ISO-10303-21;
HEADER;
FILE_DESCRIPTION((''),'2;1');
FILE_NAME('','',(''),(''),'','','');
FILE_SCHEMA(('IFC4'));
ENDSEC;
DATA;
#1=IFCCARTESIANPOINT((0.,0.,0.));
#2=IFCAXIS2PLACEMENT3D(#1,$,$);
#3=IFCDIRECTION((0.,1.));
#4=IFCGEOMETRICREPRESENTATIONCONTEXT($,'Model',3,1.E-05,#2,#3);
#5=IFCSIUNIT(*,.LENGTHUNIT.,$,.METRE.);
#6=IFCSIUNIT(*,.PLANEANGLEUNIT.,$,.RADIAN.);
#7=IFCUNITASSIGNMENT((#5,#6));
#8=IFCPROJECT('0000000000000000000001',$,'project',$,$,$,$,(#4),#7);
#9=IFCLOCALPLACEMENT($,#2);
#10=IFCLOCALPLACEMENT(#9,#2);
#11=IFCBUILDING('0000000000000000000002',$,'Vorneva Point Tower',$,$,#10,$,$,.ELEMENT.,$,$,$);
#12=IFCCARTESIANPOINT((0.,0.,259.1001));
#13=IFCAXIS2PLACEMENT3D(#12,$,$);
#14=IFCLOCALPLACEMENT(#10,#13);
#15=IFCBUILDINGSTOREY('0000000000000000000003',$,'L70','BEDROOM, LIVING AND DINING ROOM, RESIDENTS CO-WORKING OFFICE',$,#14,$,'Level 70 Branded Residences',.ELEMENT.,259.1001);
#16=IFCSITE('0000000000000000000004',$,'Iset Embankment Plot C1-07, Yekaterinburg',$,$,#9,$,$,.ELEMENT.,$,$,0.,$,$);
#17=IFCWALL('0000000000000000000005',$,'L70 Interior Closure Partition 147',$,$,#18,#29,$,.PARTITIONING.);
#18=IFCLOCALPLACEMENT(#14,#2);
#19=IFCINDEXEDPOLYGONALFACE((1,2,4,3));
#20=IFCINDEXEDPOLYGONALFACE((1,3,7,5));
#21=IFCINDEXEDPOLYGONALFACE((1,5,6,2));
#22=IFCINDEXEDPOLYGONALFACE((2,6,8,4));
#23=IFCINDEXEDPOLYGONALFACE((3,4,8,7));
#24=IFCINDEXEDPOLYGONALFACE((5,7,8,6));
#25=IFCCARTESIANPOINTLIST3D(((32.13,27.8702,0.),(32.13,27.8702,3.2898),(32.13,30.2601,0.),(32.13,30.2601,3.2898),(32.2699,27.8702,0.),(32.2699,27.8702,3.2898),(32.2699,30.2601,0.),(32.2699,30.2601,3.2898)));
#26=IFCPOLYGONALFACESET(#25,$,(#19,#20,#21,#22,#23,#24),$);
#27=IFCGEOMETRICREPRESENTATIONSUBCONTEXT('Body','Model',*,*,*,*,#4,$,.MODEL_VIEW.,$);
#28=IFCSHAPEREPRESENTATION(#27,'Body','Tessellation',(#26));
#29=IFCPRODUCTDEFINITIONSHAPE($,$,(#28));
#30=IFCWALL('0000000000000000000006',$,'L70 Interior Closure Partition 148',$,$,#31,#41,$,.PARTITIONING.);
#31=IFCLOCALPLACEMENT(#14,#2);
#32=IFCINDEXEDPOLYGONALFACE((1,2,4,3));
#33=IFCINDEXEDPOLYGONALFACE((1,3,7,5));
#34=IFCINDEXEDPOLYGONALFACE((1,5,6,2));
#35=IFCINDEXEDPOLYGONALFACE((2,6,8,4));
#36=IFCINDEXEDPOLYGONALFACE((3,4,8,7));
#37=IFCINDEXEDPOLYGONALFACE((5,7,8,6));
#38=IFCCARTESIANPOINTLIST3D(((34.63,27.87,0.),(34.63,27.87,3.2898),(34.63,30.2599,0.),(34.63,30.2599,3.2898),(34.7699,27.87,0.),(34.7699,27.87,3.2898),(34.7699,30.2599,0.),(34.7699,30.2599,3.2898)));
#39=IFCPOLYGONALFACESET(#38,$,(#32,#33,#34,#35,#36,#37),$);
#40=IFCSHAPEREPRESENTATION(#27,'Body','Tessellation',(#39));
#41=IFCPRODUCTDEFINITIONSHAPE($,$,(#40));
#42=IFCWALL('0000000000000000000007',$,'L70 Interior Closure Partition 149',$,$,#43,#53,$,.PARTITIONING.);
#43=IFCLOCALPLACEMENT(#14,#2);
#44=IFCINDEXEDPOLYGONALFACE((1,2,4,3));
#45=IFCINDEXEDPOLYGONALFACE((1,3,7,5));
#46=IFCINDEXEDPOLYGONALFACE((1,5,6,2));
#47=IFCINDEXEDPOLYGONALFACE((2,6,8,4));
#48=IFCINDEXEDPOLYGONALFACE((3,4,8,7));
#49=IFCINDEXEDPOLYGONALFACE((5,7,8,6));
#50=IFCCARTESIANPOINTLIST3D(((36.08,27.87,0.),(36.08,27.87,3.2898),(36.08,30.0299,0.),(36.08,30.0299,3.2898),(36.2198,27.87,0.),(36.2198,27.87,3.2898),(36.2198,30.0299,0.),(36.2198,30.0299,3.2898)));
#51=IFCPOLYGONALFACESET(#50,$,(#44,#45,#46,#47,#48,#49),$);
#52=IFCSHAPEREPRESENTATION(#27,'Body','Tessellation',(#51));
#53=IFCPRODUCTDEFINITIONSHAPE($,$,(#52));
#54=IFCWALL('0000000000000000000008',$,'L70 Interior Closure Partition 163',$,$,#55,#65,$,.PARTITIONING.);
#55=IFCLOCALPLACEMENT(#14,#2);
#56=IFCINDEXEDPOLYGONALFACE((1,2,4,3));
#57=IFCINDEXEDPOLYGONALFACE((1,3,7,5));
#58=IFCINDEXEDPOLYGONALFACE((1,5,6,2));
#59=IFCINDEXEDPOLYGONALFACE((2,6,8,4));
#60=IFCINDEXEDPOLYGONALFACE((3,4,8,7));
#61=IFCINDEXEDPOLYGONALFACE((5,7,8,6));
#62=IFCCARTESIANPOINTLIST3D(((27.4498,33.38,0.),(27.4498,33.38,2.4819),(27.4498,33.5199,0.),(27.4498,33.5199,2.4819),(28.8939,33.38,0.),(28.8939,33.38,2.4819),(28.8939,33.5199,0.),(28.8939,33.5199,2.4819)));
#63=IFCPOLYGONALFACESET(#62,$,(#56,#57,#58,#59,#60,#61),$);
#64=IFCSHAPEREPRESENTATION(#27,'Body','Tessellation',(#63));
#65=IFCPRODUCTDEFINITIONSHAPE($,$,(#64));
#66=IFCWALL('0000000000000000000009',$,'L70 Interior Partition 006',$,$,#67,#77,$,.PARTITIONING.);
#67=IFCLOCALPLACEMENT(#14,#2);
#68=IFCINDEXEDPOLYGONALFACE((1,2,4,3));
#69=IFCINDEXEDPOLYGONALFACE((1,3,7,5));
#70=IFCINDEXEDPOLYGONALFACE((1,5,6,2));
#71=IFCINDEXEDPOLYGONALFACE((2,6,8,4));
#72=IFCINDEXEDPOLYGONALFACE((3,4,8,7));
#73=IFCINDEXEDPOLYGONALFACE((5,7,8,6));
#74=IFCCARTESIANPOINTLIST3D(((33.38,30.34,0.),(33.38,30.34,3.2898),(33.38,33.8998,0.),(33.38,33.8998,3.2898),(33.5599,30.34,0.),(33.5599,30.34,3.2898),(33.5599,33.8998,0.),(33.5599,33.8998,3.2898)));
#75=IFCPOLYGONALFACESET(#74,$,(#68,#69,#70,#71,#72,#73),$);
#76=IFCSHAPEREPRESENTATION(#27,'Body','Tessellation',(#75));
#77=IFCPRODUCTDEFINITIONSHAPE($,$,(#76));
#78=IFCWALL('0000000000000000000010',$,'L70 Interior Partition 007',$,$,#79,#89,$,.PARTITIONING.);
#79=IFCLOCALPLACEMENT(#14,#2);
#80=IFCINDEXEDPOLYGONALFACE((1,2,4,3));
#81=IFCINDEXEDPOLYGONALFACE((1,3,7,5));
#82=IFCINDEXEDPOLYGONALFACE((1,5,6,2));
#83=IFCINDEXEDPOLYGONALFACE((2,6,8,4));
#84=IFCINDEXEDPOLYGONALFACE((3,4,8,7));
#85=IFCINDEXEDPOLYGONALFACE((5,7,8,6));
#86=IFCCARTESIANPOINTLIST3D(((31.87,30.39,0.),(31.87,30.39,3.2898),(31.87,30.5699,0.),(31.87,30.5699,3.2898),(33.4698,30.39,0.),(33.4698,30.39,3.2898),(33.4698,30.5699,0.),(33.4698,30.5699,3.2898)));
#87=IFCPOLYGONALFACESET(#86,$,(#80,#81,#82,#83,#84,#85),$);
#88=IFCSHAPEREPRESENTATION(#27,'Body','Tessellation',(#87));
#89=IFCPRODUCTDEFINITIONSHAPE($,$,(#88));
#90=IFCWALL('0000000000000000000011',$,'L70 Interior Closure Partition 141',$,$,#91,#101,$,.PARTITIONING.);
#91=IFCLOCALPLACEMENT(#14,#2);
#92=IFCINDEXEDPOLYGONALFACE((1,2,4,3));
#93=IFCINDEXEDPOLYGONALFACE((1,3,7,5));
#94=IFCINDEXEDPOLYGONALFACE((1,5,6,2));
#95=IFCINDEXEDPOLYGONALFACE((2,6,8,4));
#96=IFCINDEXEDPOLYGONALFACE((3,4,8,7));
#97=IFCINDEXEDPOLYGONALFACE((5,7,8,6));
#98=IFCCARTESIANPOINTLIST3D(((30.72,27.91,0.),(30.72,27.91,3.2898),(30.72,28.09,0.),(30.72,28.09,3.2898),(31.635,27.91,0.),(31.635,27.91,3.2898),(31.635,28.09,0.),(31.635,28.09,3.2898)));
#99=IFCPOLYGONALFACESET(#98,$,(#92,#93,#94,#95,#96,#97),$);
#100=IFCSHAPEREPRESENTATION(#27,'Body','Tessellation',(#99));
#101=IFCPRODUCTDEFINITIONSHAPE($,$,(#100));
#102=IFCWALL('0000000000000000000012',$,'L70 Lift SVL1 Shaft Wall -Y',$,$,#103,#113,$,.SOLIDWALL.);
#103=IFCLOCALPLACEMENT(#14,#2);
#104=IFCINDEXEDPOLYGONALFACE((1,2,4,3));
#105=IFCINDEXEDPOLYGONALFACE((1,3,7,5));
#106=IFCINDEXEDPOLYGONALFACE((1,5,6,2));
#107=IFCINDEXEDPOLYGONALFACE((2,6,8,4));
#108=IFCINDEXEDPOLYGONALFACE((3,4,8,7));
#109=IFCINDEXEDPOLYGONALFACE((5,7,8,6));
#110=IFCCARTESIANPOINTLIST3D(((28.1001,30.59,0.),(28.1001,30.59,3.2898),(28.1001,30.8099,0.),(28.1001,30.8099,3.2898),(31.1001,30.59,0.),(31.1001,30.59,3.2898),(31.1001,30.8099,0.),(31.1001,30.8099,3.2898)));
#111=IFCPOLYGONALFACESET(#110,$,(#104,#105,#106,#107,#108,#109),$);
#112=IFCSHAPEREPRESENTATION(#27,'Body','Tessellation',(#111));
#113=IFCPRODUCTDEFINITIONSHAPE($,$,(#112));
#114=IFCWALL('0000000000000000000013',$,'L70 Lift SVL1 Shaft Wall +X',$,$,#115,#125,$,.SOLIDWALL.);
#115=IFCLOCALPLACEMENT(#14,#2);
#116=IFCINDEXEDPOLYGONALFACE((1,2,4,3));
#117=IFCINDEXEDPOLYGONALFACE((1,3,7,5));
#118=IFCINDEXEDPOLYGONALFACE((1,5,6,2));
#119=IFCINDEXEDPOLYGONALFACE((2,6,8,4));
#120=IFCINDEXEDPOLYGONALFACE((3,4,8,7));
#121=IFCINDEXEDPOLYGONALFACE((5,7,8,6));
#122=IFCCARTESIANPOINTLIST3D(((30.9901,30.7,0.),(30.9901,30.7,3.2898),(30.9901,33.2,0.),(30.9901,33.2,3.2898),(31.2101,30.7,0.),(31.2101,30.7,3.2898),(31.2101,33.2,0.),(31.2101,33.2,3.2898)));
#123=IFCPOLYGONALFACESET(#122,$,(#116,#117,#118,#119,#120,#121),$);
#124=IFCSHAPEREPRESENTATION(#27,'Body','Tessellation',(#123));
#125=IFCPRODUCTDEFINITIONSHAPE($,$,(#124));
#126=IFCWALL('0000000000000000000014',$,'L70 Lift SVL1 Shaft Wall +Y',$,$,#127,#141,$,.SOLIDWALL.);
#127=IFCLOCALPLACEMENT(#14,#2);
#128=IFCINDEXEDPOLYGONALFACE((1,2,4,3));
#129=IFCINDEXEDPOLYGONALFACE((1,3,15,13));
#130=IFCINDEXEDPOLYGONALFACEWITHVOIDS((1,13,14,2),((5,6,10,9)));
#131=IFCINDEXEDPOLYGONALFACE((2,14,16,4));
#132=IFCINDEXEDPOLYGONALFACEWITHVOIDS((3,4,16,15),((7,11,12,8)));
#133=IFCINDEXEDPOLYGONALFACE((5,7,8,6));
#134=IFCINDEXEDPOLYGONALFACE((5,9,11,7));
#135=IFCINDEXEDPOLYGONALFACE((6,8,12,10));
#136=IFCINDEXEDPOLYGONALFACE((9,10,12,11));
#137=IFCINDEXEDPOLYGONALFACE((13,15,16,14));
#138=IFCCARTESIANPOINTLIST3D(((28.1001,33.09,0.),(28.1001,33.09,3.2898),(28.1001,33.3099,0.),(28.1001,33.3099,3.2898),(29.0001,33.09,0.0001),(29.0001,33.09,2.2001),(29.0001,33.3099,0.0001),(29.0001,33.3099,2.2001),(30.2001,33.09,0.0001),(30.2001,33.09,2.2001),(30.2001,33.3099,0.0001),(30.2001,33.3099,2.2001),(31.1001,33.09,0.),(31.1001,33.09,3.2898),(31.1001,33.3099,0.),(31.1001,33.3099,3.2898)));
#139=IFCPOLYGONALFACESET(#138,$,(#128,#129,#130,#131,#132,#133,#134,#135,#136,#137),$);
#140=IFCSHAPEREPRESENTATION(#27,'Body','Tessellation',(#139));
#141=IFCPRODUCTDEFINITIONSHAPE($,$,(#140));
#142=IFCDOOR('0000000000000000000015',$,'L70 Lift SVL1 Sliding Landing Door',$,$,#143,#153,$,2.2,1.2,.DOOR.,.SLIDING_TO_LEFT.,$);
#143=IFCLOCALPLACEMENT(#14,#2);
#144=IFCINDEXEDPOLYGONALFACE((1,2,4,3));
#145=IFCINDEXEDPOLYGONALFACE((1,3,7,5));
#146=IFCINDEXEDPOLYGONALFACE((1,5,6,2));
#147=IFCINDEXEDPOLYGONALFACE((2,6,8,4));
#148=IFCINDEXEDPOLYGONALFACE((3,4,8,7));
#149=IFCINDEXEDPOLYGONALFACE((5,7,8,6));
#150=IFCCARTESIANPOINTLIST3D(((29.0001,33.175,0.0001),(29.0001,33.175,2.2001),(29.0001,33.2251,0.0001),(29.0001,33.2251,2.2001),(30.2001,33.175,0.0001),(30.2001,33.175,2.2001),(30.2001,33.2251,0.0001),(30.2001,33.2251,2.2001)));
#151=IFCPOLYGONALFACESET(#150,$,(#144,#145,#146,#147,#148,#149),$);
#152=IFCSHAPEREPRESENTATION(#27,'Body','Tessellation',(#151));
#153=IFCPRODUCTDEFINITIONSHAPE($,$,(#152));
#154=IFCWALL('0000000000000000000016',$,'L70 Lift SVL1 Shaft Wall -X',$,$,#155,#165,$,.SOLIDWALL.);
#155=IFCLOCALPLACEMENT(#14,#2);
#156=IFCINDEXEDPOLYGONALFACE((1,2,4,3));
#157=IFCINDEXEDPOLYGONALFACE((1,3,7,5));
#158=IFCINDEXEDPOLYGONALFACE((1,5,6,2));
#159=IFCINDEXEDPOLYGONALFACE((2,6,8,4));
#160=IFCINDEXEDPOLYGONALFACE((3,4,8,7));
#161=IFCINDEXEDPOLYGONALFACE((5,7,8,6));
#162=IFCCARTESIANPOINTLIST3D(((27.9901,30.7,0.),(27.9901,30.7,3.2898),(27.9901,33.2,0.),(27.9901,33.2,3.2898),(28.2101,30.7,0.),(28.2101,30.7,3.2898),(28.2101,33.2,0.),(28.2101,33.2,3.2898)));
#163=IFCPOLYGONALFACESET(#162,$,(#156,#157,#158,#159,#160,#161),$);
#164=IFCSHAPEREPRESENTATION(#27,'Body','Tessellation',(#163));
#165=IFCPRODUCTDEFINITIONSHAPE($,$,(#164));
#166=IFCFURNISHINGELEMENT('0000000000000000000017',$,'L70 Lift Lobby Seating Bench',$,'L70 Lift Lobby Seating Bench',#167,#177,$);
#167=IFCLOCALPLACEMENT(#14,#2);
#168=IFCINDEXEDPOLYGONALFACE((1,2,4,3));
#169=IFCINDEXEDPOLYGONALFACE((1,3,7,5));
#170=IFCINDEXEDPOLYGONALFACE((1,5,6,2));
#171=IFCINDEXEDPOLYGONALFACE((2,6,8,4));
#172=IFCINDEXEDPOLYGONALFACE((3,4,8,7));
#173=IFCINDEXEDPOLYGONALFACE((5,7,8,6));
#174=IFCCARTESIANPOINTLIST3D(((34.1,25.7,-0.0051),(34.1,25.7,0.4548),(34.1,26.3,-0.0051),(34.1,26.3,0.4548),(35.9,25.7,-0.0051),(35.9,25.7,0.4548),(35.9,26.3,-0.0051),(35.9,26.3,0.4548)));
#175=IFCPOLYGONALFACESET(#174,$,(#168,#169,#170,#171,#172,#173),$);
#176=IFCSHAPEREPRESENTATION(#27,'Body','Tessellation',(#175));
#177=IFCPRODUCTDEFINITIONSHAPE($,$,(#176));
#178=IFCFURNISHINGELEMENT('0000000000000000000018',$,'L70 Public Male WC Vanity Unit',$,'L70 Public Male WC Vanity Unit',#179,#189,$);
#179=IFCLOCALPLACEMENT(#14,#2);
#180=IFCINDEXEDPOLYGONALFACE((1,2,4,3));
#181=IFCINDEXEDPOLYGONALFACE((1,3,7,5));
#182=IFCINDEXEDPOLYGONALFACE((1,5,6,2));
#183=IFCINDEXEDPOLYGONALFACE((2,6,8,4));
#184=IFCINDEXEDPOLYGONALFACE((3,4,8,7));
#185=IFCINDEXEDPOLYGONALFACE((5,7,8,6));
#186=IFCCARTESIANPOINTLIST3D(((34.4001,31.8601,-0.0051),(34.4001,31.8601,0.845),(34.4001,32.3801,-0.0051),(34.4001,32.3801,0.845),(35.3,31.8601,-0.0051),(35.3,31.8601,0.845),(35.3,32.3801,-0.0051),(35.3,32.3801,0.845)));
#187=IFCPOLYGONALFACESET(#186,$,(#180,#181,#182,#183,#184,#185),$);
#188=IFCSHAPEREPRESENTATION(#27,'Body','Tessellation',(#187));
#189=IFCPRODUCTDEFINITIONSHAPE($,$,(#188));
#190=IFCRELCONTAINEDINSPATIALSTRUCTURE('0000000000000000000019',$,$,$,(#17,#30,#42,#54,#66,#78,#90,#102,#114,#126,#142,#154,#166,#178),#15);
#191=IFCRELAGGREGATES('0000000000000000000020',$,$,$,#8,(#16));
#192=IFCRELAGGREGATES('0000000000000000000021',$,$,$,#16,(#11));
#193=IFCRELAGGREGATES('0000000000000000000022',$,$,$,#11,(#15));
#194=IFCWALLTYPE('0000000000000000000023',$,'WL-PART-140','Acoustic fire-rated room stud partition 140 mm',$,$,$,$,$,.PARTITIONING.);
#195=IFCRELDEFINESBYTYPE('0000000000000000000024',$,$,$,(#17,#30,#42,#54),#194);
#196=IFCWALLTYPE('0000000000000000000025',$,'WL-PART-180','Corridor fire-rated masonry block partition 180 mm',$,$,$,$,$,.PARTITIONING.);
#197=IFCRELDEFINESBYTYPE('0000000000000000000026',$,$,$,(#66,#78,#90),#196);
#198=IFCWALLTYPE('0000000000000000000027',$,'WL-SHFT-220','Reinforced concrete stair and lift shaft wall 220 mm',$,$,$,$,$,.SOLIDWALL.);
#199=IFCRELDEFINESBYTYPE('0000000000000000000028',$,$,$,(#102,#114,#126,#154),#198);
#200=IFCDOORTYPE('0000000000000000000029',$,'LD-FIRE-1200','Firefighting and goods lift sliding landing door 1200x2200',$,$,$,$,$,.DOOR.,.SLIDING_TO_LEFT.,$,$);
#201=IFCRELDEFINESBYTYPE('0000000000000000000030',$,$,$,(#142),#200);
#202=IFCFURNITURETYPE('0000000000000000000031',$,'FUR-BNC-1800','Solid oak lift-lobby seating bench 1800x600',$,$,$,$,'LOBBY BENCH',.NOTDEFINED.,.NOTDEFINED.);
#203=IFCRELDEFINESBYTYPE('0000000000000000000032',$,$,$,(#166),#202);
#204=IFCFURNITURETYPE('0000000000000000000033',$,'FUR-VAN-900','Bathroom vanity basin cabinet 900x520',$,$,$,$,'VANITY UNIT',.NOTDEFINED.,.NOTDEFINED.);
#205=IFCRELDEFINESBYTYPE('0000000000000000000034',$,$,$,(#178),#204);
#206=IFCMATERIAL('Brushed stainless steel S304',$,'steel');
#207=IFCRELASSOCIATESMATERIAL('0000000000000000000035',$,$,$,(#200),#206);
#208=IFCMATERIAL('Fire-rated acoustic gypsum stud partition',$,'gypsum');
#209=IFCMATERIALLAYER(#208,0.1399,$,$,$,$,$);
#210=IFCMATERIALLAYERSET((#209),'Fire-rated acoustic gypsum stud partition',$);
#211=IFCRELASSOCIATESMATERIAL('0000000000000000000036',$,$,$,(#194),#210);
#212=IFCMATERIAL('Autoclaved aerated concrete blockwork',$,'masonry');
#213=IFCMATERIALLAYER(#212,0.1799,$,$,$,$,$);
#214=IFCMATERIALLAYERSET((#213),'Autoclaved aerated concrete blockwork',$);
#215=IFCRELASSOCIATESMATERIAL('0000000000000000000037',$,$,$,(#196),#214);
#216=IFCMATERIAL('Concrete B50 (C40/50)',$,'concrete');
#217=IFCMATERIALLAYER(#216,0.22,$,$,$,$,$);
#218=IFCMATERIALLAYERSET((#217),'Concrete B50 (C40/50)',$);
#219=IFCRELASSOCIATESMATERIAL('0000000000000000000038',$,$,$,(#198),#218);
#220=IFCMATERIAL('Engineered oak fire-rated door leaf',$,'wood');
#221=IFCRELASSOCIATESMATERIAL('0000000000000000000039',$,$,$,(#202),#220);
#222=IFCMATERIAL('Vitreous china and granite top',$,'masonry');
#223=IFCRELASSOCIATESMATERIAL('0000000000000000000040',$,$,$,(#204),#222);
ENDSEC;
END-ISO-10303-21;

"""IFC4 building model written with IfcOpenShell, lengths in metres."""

from ifc_helpers import new_model, si_unit, direction, frame, frame_2d, origin, origin_2d, place, context, subcontext, project, spatial, rectangle, extrude, material, layer, layer_set, type_object, element, fill, save


model = new_model("IFC4")

# Units and contexts
model_context = context("Model", 3, precision=1e-05, world=origin(), true_north=direction((0.0, 1.0)))
body_context = subcontext(model_context, "Body", "Model", "MODEL_VIEW")
ifc_project = project(units=[si_unit("LENGTHUNIT", "METRE"), si_unit("PLANEANGLEUNIT", "RADIAN")], contexts=[model_context])

# Site, building, storey
site_placement = place(None, origin())
site = spatial("IfcSite", under=ifc_project, at=site_placement, Name="Iset Embankment Plot C1-07, Yekaterinburg", CompositionType="ELEMENT", RefElevation=0.0)
building_placement = place(site_placement, origin())
building = spatial("IfcBuilding", under=site, at=building_placement, Name="Vorneva Point Tower", CompositionType="ELEMENT")
storey_placement = place(building_placement, frame((0.0, 0.0, 259.1001)))
storey = spatial("IfcBuildingStorey", under=building, at=storey_placement, Name="L70", Description="BEDROOM, LIVING AND DINING ROOM, RESIDENTS CO-WORKING OFFICE", LongName="Level 70 Branded Residences", CompositionType="ELEMENT", Elevation=259.1001)

# Shared definitions
ifc_material_1 = material(Name="Concrete B50 (C40/50)", Category="concrete")

# Shared definitions
ifc_material_2 = material(Name="Brushed stainless steel S304", Category="steel")
door_type_1 = type_object("IfcDoorType", Name="LD-FIRE-1200", Description="Firefighting and goods lift sliding landing door 1200x2200", OperationType="SLIDING_TO_LEFT", PredefinedType="DOOR", material=ifc_material_2)

# Walls
ifc_material_3 = material(Name="Fire-rated acoustic gypsum stud partition", Category="gypsum")
ifc_layer_1 = layer(ifc_material_3, 0.1399)
ifc_layer_set_1 = layer_set([ifc_layer_1], Name="Fire-rated acoustic gypsum stud partition")
wall_type_1 = type_object("IfcWallType", Name="WL-PART-140", Description="Acoustic fire-rated room stud partition 140 mm", PredefinedType="PARTITIONING", material=ifc_layer_set_1)
for number, where, z_axis, x_axis, name in (
    (1, (32.2, 30.26, 0.0), (0.0, 0.0, 1.0), (0.0, -1.0, 0.0), "L70 Interior Closure Partition 147"),
    (2, (34.7, 27.8701, 0.0), (0.0, 0.0, 1.0), (0.0, 1.0, 0.0), "L70 Interior Closure Partition 148"),
):
    element("IfcWall", number, at=place(storey_placement, frame(where, z_axis=z_axis, x_axis=x_axis)), inside=storey, type_object=wall_type_1, Name=name, PredefinedType="PARTITIONING", context=body_context, shape_type="SweptSolid", body=[
        extrude(rectangle(XDim=2.3899, YDim=0.1399, at=frame_2d((1.1948, 0.0))), origin(), (0.0, 0.0, 1.0), 3.2898),
    ])
wall_1_placement = place(storey_placement, frame((36.1499, 30.03, 0.0), z_axis=(0.0, 0.0, 1.0), x_axis=(0.0, -1.0, 0.0)))
element("IfcWall", 3, at=wall_1_placement, inside=storey, type_object=wall_type_1, Name="L70 Interior Closure Partition 149", PredefinedType="PARTITIONING", context=body_context, shape_type="SweptSolid", body=[
    extrude(rectangle(XDim=2.1599, YDim=0.1399, at=frame_2d((1.0801, 0.0))), origin(), (0.0, 0.0, 1.0), 3.2898),
])
wall_2_placement = place(storey_placement, frame((28.894, 33.45, 0.0), z_axis=(0.0, 0.0, 1.0), x_axis=(-1.0, 0.0, 0.0)))
element("IfcWall", 4, at=wall_2_placement, inside=storey, type_object=wall_type_1, Name="L70 Interior Closure Partition 163", PredefinedType="PARTITIONING", context=body_context, shape_type="SweptSolid", body=[
    extrude(rectangle(XDim=1.4441, YDim=0.1399, at=frame_2d((0.7222, 0.0))), origin(), (0.0, 0.0, 1.0), 2.4819),
])
ifc_material_4 = material(Name="Autoclaved aerated concrete blockwork", Category="masonry")
ifc_layer_2 = layer(ifc_material_4, 0.1799)
ifc_layer_set_2 = layer_set([ifc_layer_2], Name="Autoclaved aerated concrete blockwork")
wall_type_2 = type_object("IfcWallType", Name="WL-PART-180", Description="Corridor fire-rated masonry block partition 180 mm", PredefinedType="PARTITIONING", material=ifc_layer_set_2)
wall_3_placement = place(storey_placement, frame((33.47, 30.3401, 0.0), z_axis=(0.0, 0.0, 1.0), x_axis=(0.0, 1.0, 0.0)))
element("IfcWall", 5, at=wall_3_placement, inside=storey, type_object=wall_type_2, Name="L70 Interior Partition 006", PredefinedType="PARTITIONING", context=body_context, shape_type="SweptSolid", body=[
    extrude(rectangle(XDim=3.5598, YDim=0.1799, at=frame_2d((1.7798, 0.0))), origin(), (0.0, 0.0, 1.0), 3.2898),
])
wall_4_placement = place(storey_placement, frame((31.8701, 30.48, 0.0), z_axis=(0.0, 0.0, 1.0), x_axis=(1.0, 0.0, 0.0)))
element("IfcWall", 6, at=wall_4_placement, inside=storey, type_object=wall_type_2, Name="L70 Interior Partition 007", PredefinedType="PARTITIONING", context=body_context, shape_type="SweptSolid", body=[
    extrude(rectangle(XDim=1.5999, YDim=0.1799, at=frame_2d((0.7998, 0.0))), origin(), (0.0, 0.0, 1.0), 3.2898),
])

# Shared definitions
ifc_material_5 = material(Name="Engineered oak fire-rated door leaf", Category="wood")

# Walls
wall_5_placement = place(storey_placement, frame((31.635, 28.0, 0.0), z_axis=(0.0, 0.0, 1.0), x_axis=(-1.0, 0.0, 0.0)))
element("IfcWall", 7, at=wall_5_placement, inside=storey, type_object=wall_type_2, Name="L70 Interior Closure Partition 141", PredefinedType="PARTITIONING", context=body_context, shape_type="SweptSolid", body=[
    extrude(rectangle(XDim=0.915, YDim=0.1799, at=frame_2d((0.4575, 0.0))), origin(), (0.0, 0.0, 1.0), 3.2898),
])
ifc_layer_3 = layer(ifc_material_1, 0.22)
ifc_layer_set_3 = layer_set([ifc_layer_3], Name="Concrete B50 (C40/50)")
wall_type_3 = type_object("IfcWallType", Name="WL-SHFT-220", Description="Reinforced concrete stair and lift shaft wall 220 mm", PredefinedType="SOLIDWALL", material=ifc_layer_set_3)
wall_6_placement = place(storey_placement, frame((28.1001, 30.7, 0.0), z_axis=(0.0, 0.0, 1.0), x_axis=(1.0, 0.0, 0.0)))
element("IfcWall", 8, at=wall_6_placement, inside=storey, type_object=wall_type_3, Name="L70 Lift SVL1 Shaft Wall -Y", PredefinedType="SOLIDWALL", context=body_context, shape_type="SweptSolid", body=[
    extrude(rectangle(XDim=3.0, YDim=0.22, at=frame_2d((1.5, 0.0))), origin(), (0.0, 0.0, 1.0), 3.2898),
])
wall_7_placement = place(storey_placement, frame((31.1001, 30.7, 0.0), z_axis=(0.0, 0.0, 1.0), x_axis=(0.0, 1.0, 0.0)))
element("IfcWall", 9, at=wall_7_placement, inside=storey, type_object=wall_type_3, Name="L70 Lift SVL1 Shaft Wall +X", PredefinedType="SOLIDWALL", context=body_context, shape_type="SweptSolid", body=[
    extrude(rectangle(XDim=2.5, YDim=0.22, at=frame_2d((1.25, 0.0))), origin(), (0.0, 0.0, 1.0), 3.2898),
])

# Wall, opening, door
wall_8_placement = place(storey_placement, frame((31.1001, 33.2, 0.0), z_axis=(0.0, 0.0, 1.0), x_axis=(-1.0, 0.0, 0.0)))
wall_8 = element("IfcWall", 10, at=wall_8_placement, inside=storey, type_object=wall_type_3, Name="L70 Lift SVL1 Shaft Wall +Y", PredefinedType="SOLIDWALL", context=body_context, shape_type="SweptSolid", body=[
    extrude(rectangle(XDim=3.0, YDim=0.22, at=frame_2d((1.5, 0.0))), origin(), (0.0, 0.0, 1.0), 3.2898),
])
opening_1_placement = place(wall_8_placement, frame((0.8999, 0.0, 0.0)))
opening_1 = element("IfcOpeningElement", 11, at=opening_1_placement, cuts=wall_8, PredefinedType="OPENING", context=body_context, shape_type="SweptSolid", body=[
    extrude(rectangle(XDim=1.2, YDim=2.2, at=frame_2d((0.6001, 1.1001))), frame((0.0, 0.125, 0.0), z_axis=(0.0, -1.0, 0.0), x_axis=(1.0, 0.0, 0.0)), (0.0, 0.0, 1.0), 0.2498),
])
door_1_placement = place(opening_1_placement, origin())
door_1 = element("IfcDoor", 12, at=door_1_placement, inside=storey, type_object=door_type_1, Name="L70 Lift SVL1 Sliding Landing Door", OperationType="SLIDING_TO_LEFT", OverallHeight=2.2, OverallWidth=1.2, PredefinedType="DOOR", context=body_context, shape_type="SweptSolid", body=[
    extrude(rectangle(XDim=1.2, YDim=2.2, at=frame_2d((0.6001, 1.1001))), frame((0.0, 0.0249, 0.0), z_axis=(0.0, -1.0, 0.0), x_axis=(1.0, 0.0, 0.0)), (0.0, 0.0, 1.0), 0.05),
])
fill(opening_1, door_1)

# Wall
wall_9_placement = place(storey_placement, frame((28.1001, 33.2, 0.0), z_axis=(0.0, 0.0, 1.0), x_axis=(0.0, -1.0, 0.0)))
element("IfcWall", 13, at=wall_9_placement, inside=storey, type_object=wall_type_3, Name="L70 Lift SVL1 Shaft Wall -X", PredefinedType="SOLIDWALL", context=body_context, shape_type="SweptSolid", body=[
    extrude(rectangle(XDim=2.5, YDim=0.22, at=frame_2d((1.25, 0.0))), origin(), (0.0, 0.0, 1.0), 3.2898),
])

# Furnishing elements
furniture_type_1 = type_object("IfcFurnitureType", Name="FUR-BNC-1800", Description="Solid oak lift-lobby seating bench 1800x600", ElementType="LOBBY BENCH", AssemblyPlace="NOTDEFINED", PredefinedType="NOTDEFINED", material=ifc_material_5)
furnishing_1_placement = place(storey_placement, frame((35.0, 26.0, -0.0051), z_axis=(0.0, 0.0, 1.0), x_axis=(1.0, 0.0, 0.0)))
element("IfcFurnishingElement", 14, at=furnishing_1_placement, inside=storey, type_object=furniture_type_1, Name="L70 Lift Lobby Seating Bench", ObjectType="L70 Lift Lobby Seating Bench", context=body_context, shape_type="SweptSolid", body=[
    extrude(rectangle(XDim=1.8, YDim=0.6001, at=origin_2d()), origin(), (0.0, 0.0, 1.0), 0.46),
])
ifc_material_6 = material(Name="Vitreous china and granite top", Category="masonry")
furniture_type_2 = type_object("IfcFurnitureType", Name="FUR-VAN-900", Description="Bathroom vanity basin cabinet 900x520", ElementType="VANITY UNIT", AssemblyPlace="NOTDEFINED", PredefinedType="NOTDEFINED", material=ifc_material_6)
furnishing_2_placement = place(storey_placement, frame((34.8501, 32.1201, -0.0051), z_axis=(0.0, 0.0, 1.0), x_axis=(1.0, 0.0, 0.0)))
element("IfcFurnishingElement", 15, at=furnishing_2_placement, inside=storey, type_object=furniture_type_2, Name="L70 Public Male WC Vanity Unit", ObjectType="L70 Public Male WC Vanity Unit", context=body_context, shape_type="SweptSolid", body=[
    extrude(rectangle(XDim=0.8999, YDim=0.52, at=origin_2d()), origin(), (0.0, 0.0, 1.0), 0.8501),
])

save(model, "model.ifc")
